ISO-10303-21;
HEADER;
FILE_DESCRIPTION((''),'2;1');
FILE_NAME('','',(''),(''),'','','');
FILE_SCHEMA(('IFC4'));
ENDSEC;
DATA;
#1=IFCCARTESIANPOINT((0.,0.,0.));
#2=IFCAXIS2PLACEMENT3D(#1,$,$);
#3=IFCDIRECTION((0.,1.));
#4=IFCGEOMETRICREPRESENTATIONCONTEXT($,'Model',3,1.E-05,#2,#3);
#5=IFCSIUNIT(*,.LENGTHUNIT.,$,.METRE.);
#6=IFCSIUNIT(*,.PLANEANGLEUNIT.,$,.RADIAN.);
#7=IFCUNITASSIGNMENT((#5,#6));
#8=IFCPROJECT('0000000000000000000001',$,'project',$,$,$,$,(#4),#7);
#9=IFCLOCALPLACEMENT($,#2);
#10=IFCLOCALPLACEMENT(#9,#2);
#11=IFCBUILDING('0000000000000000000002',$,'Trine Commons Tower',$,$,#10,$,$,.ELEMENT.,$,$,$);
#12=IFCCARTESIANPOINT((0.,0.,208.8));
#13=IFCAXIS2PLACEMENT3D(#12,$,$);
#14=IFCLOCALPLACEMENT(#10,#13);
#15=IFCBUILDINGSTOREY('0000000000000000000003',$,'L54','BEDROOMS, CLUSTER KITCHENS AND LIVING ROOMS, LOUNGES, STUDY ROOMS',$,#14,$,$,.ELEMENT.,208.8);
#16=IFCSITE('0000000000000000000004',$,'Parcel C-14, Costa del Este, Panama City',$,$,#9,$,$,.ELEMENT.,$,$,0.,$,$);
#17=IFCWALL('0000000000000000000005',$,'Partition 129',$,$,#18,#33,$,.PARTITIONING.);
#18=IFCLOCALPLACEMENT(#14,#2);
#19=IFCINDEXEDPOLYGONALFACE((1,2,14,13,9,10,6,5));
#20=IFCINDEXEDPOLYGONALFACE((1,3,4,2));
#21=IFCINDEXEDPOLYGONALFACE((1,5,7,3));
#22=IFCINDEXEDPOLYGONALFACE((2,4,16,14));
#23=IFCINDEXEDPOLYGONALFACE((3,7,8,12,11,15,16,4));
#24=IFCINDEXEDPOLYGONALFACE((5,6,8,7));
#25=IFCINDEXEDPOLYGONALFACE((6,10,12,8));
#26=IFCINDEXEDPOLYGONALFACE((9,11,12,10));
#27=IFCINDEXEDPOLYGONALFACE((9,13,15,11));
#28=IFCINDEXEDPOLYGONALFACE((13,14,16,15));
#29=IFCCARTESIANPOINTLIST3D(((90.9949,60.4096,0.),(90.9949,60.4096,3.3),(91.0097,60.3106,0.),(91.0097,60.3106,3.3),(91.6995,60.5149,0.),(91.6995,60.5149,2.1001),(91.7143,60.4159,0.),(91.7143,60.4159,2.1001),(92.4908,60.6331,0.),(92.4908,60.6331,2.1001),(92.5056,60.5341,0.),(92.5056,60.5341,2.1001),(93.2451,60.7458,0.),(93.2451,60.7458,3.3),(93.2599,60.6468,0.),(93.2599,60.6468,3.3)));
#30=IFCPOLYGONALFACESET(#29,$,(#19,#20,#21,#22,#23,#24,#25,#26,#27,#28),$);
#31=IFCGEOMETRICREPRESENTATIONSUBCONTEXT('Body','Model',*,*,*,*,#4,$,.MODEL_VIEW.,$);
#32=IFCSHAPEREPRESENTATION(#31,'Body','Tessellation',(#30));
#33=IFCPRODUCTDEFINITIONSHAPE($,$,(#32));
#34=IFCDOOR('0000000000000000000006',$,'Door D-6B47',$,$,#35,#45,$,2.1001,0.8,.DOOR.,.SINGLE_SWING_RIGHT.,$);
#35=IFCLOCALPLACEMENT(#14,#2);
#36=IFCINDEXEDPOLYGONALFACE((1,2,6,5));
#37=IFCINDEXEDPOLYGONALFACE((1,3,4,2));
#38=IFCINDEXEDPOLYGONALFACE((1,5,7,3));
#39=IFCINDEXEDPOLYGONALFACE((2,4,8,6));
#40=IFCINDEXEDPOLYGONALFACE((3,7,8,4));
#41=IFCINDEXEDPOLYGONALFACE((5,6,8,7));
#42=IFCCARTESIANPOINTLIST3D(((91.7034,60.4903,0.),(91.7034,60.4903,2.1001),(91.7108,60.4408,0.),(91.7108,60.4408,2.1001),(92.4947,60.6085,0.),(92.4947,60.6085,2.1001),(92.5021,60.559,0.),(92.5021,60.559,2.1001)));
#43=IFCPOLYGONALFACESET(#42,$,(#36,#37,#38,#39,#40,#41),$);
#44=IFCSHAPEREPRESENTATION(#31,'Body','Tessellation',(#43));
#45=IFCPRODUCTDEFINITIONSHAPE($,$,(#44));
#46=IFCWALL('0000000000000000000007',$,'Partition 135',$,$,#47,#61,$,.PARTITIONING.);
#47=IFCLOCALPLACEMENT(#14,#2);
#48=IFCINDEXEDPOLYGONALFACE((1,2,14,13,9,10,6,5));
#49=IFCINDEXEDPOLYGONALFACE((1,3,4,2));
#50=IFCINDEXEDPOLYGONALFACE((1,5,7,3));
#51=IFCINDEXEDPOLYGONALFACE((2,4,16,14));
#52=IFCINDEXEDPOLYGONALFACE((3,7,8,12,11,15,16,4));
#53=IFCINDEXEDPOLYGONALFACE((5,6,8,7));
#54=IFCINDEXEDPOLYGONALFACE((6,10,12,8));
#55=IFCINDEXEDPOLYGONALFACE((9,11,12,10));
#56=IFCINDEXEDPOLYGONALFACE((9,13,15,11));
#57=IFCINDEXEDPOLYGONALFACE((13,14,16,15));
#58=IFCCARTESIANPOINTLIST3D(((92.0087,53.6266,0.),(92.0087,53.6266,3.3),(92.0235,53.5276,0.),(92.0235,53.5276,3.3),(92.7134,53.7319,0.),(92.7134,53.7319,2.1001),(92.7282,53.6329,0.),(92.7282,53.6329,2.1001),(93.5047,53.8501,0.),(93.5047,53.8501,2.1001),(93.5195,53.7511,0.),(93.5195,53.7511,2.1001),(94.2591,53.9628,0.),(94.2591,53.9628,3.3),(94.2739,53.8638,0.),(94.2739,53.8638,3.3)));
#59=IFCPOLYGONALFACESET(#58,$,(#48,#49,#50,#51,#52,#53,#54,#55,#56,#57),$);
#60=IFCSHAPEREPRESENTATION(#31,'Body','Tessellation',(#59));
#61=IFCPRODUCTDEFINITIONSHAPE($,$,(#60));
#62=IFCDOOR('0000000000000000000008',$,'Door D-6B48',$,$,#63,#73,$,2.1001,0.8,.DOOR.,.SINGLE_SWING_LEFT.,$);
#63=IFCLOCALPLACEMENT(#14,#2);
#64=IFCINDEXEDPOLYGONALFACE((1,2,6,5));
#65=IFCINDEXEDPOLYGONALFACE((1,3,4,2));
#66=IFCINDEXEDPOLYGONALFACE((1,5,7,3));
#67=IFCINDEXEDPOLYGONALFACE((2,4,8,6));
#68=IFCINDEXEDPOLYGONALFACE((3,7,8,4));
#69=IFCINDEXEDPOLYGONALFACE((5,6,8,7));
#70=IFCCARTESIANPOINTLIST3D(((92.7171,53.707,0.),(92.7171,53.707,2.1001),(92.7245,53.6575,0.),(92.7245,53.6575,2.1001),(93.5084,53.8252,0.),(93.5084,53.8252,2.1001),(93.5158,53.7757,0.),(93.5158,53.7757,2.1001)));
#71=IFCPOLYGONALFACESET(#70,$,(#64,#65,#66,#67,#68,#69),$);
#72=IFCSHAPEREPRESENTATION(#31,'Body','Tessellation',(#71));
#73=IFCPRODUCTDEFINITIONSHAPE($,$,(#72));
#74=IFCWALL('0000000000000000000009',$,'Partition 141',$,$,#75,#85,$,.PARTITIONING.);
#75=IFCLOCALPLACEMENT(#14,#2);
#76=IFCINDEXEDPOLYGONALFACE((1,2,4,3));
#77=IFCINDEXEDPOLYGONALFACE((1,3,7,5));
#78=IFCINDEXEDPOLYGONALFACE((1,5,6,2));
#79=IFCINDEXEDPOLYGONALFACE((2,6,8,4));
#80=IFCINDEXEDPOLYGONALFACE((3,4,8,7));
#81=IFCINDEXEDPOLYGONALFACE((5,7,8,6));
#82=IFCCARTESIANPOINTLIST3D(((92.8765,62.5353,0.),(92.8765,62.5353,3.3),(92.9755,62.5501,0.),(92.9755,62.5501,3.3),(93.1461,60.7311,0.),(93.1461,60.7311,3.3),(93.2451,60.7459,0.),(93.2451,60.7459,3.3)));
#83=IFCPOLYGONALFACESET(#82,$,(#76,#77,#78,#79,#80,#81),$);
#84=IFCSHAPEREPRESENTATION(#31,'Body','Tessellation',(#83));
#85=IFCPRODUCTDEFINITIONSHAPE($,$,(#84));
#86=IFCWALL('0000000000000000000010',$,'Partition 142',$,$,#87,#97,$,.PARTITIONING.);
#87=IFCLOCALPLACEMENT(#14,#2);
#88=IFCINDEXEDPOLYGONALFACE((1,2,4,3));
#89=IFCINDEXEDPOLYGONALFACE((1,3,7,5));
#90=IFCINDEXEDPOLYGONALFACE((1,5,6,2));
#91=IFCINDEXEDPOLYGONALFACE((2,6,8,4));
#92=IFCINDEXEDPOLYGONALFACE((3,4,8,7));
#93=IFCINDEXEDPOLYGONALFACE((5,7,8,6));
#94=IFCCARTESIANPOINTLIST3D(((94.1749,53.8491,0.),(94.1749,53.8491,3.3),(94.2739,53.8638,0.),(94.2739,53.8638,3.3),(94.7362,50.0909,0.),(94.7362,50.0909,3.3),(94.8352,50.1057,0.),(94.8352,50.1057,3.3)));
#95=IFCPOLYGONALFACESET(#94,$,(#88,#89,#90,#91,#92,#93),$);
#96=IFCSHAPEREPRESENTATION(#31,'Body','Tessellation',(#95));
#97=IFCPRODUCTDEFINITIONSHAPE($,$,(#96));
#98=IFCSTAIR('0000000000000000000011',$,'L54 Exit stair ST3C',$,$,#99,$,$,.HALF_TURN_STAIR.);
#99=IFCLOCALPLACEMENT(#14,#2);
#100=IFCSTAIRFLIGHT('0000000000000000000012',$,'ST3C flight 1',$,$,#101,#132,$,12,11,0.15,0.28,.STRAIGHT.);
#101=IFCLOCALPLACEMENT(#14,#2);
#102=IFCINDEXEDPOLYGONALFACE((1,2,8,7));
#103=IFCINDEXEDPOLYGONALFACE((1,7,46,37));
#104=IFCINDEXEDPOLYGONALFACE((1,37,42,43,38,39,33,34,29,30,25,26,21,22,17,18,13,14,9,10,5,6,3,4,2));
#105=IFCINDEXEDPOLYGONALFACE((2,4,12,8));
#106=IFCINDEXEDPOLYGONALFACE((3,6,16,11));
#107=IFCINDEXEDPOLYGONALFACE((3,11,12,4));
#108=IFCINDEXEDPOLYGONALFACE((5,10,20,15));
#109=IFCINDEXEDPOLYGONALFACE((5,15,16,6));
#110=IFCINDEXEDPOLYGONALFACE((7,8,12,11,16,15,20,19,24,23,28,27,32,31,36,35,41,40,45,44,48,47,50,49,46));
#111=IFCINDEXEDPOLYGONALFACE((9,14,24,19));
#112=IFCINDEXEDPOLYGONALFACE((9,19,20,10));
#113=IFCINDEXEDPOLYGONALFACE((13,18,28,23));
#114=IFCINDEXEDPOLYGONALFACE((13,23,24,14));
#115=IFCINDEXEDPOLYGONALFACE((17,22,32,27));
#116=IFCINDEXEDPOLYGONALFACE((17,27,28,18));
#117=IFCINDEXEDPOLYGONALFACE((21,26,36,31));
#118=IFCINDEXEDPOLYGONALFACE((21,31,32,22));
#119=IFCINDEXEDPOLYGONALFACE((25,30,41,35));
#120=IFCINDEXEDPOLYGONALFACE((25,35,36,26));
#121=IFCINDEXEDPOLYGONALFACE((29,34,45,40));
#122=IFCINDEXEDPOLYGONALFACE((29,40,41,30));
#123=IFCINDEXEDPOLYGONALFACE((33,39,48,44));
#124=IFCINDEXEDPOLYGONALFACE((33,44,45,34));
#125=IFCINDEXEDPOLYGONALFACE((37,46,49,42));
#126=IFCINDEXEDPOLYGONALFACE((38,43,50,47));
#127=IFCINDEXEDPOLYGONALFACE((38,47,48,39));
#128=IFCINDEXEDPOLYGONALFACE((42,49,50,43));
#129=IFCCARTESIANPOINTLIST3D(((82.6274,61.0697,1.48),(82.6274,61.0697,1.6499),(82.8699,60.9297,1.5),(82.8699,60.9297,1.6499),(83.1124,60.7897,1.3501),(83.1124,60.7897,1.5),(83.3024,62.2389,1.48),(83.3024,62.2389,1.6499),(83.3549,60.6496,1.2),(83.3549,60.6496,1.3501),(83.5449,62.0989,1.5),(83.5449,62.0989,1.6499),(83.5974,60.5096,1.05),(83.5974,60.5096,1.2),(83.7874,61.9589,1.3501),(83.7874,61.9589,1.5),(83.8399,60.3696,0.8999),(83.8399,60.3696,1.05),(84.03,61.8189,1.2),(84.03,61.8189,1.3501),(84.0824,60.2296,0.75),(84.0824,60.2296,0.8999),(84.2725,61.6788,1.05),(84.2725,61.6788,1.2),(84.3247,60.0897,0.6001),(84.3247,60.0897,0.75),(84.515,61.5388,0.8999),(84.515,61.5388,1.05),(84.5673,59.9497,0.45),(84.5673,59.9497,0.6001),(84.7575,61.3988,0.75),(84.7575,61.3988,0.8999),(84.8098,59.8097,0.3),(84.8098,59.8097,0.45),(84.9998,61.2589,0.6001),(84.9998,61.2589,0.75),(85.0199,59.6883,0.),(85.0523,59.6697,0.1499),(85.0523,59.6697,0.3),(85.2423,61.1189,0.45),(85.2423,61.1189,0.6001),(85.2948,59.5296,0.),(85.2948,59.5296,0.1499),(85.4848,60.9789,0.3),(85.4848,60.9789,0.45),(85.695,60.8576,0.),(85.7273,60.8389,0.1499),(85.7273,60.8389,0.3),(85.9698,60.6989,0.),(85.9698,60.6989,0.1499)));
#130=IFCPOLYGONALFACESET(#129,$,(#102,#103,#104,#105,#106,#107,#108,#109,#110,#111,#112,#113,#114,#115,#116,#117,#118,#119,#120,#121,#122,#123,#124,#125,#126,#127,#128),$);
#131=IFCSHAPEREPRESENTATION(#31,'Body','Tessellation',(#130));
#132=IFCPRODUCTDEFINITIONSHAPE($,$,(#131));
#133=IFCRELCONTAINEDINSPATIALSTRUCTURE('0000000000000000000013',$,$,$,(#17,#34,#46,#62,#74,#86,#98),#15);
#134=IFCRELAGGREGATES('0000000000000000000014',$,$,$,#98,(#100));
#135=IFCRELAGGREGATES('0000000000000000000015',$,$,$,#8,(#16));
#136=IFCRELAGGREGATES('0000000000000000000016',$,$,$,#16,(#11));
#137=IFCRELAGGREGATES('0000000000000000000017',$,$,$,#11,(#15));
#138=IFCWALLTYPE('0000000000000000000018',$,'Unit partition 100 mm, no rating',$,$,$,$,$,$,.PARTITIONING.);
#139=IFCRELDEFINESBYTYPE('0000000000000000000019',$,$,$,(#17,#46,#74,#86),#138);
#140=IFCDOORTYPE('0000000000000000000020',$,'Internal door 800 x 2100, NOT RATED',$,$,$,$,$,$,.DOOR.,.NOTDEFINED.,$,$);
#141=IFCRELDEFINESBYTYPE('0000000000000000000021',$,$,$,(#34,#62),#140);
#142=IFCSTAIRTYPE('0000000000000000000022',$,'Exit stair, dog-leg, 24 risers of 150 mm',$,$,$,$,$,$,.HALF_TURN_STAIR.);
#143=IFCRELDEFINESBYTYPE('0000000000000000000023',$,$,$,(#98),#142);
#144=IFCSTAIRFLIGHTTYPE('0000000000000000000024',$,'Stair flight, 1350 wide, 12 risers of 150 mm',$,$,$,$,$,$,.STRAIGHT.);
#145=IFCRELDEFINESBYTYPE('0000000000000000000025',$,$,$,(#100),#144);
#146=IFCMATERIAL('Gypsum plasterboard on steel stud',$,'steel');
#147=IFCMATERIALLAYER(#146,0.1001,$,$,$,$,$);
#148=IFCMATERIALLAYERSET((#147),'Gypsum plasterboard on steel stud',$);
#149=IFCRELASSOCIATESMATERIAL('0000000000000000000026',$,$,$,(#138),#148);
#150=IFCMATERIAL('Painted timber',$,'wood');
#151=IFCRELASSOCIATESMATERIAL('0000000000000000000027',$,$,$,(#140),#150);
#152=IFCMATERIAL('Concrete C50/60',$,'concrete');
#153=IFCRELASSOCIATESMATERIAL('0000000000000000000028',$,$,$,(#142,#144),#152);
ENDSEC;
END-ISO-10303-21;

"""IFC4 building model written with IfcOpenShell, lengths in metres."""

from ifc_helpers import new_model, si_unit, direction, frame, frame_2d, origin, place, context, subcontext, project, spatial, polyline, rectangle, outline, extrude, material, layer, layer_set, type_object, element, fill, aggregate, save


model = new_model("IFC4")

# Units and contexts
model_context = context("Model", 3, precision=1e-05, world=origin(), true_north=direction((0.0, 1.0)))
body_context = subcontext(model_context, "Body", "Model", "MODEL_VIEW")
ifc_project = project(units=[si_unit("LENGTHUNIT", "METRE"), si_unit("PLANEANGLEUNIT", "RADIAN")], contexts=[model_context])

# Site, building, storey
site_placement = place(None, origin())
site = spatial("IfcSite", under=ifc_project, at=site_placement, Name="Parcel C-14, Costa del Este, Panama City", CompositionType="ELEMENT", RefElevation=0.0)
building_placement = place(site_placement, origin())
building = spatial("IfcBuilding", under=site, at=building_placement, Name="Trine Commons Tower", CompositionType="ELEMENT")
storey_placement = place(building_placement, frame((0.0, 0.0, 208.8)))
storey = spatial("IfcBuildingStorey", under=building, at=storey_placement, Name="L54", Description="BEDROOMS, CLUSTER KITCHENS AND LIVING ROOMS, LOUNGES, STUDY ROOMS", CompositionType="ELEMENT", Elevation=208.8)

# Shared definitions
ifc_material_1 = material(Name="Gypsum plasterboard on steel stud", Category="steel")

# Shared definitions
ifc_material_2 = material(Name="Painted timber", Category="wood")

# Walls, openings, doors
ifc_layer_1 = layer(ifc_material_1, 0.1001)
ifc_layer_set_1 = layer_set([ifc_layer_1], Name="Gypsum plasterboard on steel stud")
wall_type_1 = type_object("IfcWallType", Name="Unit partition 100 mm, no rating", PredefinedType="PARTITIONING", material=ifc_layer_set_1)
wall_1_placement = place(storey_placement, frame((91.0022, 60.3601, 0.0), z_axis=(0.0, 0.0, 1.0), x_axis=(0.989024, 0.147758, 0.0)))
wall_1 = element("IfcWall", 1, at=wall_1_placement, inside=storey, type_object=wall_type_1, Name="Partition 129", PredefinedType="PARTITIONING", context=body_context, shape_type="SweptSolid", body=[
    extrude(rectangle(XDim=2.2751, YDim=0.1001, at=frame_2d((1.1377, 0.0))), origin(), (0.0, 0.0, 1.0), 3.3),
])
opening_1_placement = place(wall_1_placement, frame((0.7126, 0.0, 0.0)))
opening_1 = element("IfcOpeningElement", 2, at=opening_1_placement, cuts=wall_1, PredefinedType="OPENING", context=body_context, shape_type="SweptSolid", body=[
    extrude(rectangle(XDim=0.8, YDim=2.1001, at=frame_2d((0.3999, 1.05))), frame((0.0, 0.0601, 0.0), z_axis=(0.0, -1.0, 0.0), x_axis=(1.0, 0.0, 0.0)), (0.0, 0.0, 1.0), 0.1201),
])
door_type_1 = type_object("IfcDoorType", Name="Internal door 800 x 2100, NOT RATED", OperationType="NOTDEFINED", PredefinedType="DOOR", material=ifc_material_2)
door_1_placement = place(opening_1_placement, frame((0.8, 0.0, 0.0), z_axis=(0.0, 0.0, 1.0), x_axis=(-1.0, 0.0, 0.0)))
door_1 = element("IfcDoor", 3, at=door_1_placement, inside=storey, type_object=door_type_1, Name="Door D-6B47", OperationType="SINGLE_SWING_RIGHT", OverallHeight=2.1001, OverallWidth=0.8, PredefinedType="DOOR", context=body_context, shape_type="SweptSolid", body=[
    extrude(rectangle(XDim=0.8, YDim=2.1001, at=frame_2d((0.3999, 1.05))), frame((0.0, 0.0249, 0.0), z_axis=(0.0, -1.0, 0.0), x_axis=(1.0, 0.0, 0.0)), (0.0, 0.0, 1.0), 0.05),
])
fill(opening_1, door_1)
wall_2_placement = place(storey_placement, frame((92.0161, 53.5771, 0.0), z_axis=(0.0, 0.0, 1.0), x_axis=(0.989026, 0.147742, 0.0)))
wall_2 = element("IfcWall", 4, at=wall_2_placement, inside=storey, type_object=wall_type_1, Name="Partition 135", PredefinedType="PARTITIONING", context=body_context, shape_type="SweptSolid", body=[
    extrude(rectangle(XDim=2.2754, YDim=0.1001, at=frame_2d((1.1377, 0.0))), origin(), (0.0, 0.0, 1.0), 3.3),
])
opening_2_placement = place(wall_2_placement, frame((0.7126, 0.0, 0.0)))
opening_2 = element("IfcOpeningElement", 5, at=opening_2_placement, cuts=wall_2, PredefinedType="OPENING", context=body_context, shape_type="SweptSolid", body=[
    extrude(rectangle(XDim=0.8, YDim=2.1001, at=frame_2d((0.3999, 1.05))), frame((0.0, 0.0601, 0.0), z_axis=(0.0, -1.0, 0.0), x_axis=(1.0, 0.0, 0.0)), (0.0, 0.0, 1.0), 0.1201),
])
door_2_placement = place(opening_2_placement, origin())
door_2 = element("IfcDoor", 6, at=door_2_placement, inside=storey, type_object=door_type_1, Name="Door D-6B48", OperationType="SINGLE_SWING_LEFT", OverallHeight=2.1001, OverallWidth=0.8, PredefinedType="DOOR", context=body_context, shape_type="SweptSolid", body=[
    extrude(rectangle(XDim=0.8, YDim=2.1001, at=frame_2d((0.3999, 1.05))), frame((0.0, 0.0249, 0.0), z_axis=(0.0, -1.0, 0.0), x_axis=(1.0, 0.0, 0.0)), (0.0, 0.0, 1.0), 0.05),
])
fill(opening_2, door_2)

# Walls
wall_3_placement = place(storey_placement, frame((92.926, 62.5427, 0.0), z_axis=(0.0, 0.0, 1.0), x_axis=(0.147751, -0.989025, 0.0)))
element("IfcWall", 7, at=wall_3_placement, inside=storey, type_object=wall_type_1, Name="Partition 141", PredefinedType="PARTITIONING", context=body_context, shape_type="SweptSolid", body=[
    extrude(rectangle(XDim=1.8242, YDim=0.1001, at=frame_2d((0.9121, 0.0))), origin(), (0.0, 0.0, 1.0), 3.3),
])
wall_4_placement = place(storey_placement, frame((94.2244, 53.8564, 0.0), z_axis=(0.0, 0.0, 1.0), x_axis=(0.147715, -0.98903, 0.0)))
element("IfcWall", 8, at=wall_4_placement, inside=storey, type_object=wall_type_1, Name="Partition 142", PredefinedType="PARTITIONING", context=body_context, shape_type="SweptSolid", body=[
    extrude(rectangle(XDim=3.7998, YDim=0.1001, at=frame_2d((1.8999, 0.0))), origin(), (0.0, 0.0, 1.0), 3.3),
])

# Stair, stair flight
ifc_material_3 = material(Name="Concrete C50/60", Category="concrete")
stair_type = type_object("IfcStairType", Name="Exit stair, dog-leg, 24 risers of 150 mm", PredefinedType="HALF_TURN_STAIR", material=ifc_material_3)
stair_placement = place(storey_placement, origin())
stair = element("IfcStair", 9, at=stair_placement, inside=storey, type_object=stair_type, Name="L54 Exit stair ST3C", PredefinedType="HALF_TURN_STAIR")
stair_flight_type = type_object("IfcStairFlightType", Name="Stair flight, 1350 wide, 12 risers of 150 mm", PredefinedType="STRAIGHT", material=ifc_material_3)
stair_flight_placement = place(storey_placement, frame((85.6323, 60.1143, 0.0), z_axis=(0.0, 0.0, 1.0), x_axis=(-0.866025, 0.5, 0.0)))
stair_flight = element("IfcStairFlight", 10, at=stair_flight_placement, type_object=stair_flight_type, Name="ST3C flight 1", NumberOfRisers=12, NumberOfTreads=11, PredefinedType="STRAIGHT", RiserHeight=0.15, TreadLength=0.28, context=body_context, shape_type="SweptSolid", body=[
    extrude(outline(polyline([(0.0, 0.0), (0.0, 0.1499), (0.28, 0.1499), (0.28, 0.3), (0.5601, 0.3), (0.5601, 0.45), (0.8401, 0.45), (0.8401, 0.6001), (1.1201, 0.6001), (1.1201, 0.75), (1.3999, 0.75), (1.3999, 0.8999), (1.6799, 0.8999), (1.6799, 1.05), (1.96, 1.05), (1.96, 1.2), (2.24, 1.2), (2.24, 1.3501), (2.52, 1.3501), (2.52, 1.5), (2.8, 1.5), (2.8, 1.6499), (3.0801, 1.6499), (3.0801, 1.8), (3.0801, 1.48), (0.3174, 0.0), (0.0, 0.0)])), frame((0.0, 0.675, 0.0), z_axis=(0.0, -1.0, 0.0), x_axis=(1.0, 0.0, 0.0)), (0.0, 0.0, 1.0), 1.3501),
])
aggregate(stair, [stair_flight])

save(model, "model.ifc")
